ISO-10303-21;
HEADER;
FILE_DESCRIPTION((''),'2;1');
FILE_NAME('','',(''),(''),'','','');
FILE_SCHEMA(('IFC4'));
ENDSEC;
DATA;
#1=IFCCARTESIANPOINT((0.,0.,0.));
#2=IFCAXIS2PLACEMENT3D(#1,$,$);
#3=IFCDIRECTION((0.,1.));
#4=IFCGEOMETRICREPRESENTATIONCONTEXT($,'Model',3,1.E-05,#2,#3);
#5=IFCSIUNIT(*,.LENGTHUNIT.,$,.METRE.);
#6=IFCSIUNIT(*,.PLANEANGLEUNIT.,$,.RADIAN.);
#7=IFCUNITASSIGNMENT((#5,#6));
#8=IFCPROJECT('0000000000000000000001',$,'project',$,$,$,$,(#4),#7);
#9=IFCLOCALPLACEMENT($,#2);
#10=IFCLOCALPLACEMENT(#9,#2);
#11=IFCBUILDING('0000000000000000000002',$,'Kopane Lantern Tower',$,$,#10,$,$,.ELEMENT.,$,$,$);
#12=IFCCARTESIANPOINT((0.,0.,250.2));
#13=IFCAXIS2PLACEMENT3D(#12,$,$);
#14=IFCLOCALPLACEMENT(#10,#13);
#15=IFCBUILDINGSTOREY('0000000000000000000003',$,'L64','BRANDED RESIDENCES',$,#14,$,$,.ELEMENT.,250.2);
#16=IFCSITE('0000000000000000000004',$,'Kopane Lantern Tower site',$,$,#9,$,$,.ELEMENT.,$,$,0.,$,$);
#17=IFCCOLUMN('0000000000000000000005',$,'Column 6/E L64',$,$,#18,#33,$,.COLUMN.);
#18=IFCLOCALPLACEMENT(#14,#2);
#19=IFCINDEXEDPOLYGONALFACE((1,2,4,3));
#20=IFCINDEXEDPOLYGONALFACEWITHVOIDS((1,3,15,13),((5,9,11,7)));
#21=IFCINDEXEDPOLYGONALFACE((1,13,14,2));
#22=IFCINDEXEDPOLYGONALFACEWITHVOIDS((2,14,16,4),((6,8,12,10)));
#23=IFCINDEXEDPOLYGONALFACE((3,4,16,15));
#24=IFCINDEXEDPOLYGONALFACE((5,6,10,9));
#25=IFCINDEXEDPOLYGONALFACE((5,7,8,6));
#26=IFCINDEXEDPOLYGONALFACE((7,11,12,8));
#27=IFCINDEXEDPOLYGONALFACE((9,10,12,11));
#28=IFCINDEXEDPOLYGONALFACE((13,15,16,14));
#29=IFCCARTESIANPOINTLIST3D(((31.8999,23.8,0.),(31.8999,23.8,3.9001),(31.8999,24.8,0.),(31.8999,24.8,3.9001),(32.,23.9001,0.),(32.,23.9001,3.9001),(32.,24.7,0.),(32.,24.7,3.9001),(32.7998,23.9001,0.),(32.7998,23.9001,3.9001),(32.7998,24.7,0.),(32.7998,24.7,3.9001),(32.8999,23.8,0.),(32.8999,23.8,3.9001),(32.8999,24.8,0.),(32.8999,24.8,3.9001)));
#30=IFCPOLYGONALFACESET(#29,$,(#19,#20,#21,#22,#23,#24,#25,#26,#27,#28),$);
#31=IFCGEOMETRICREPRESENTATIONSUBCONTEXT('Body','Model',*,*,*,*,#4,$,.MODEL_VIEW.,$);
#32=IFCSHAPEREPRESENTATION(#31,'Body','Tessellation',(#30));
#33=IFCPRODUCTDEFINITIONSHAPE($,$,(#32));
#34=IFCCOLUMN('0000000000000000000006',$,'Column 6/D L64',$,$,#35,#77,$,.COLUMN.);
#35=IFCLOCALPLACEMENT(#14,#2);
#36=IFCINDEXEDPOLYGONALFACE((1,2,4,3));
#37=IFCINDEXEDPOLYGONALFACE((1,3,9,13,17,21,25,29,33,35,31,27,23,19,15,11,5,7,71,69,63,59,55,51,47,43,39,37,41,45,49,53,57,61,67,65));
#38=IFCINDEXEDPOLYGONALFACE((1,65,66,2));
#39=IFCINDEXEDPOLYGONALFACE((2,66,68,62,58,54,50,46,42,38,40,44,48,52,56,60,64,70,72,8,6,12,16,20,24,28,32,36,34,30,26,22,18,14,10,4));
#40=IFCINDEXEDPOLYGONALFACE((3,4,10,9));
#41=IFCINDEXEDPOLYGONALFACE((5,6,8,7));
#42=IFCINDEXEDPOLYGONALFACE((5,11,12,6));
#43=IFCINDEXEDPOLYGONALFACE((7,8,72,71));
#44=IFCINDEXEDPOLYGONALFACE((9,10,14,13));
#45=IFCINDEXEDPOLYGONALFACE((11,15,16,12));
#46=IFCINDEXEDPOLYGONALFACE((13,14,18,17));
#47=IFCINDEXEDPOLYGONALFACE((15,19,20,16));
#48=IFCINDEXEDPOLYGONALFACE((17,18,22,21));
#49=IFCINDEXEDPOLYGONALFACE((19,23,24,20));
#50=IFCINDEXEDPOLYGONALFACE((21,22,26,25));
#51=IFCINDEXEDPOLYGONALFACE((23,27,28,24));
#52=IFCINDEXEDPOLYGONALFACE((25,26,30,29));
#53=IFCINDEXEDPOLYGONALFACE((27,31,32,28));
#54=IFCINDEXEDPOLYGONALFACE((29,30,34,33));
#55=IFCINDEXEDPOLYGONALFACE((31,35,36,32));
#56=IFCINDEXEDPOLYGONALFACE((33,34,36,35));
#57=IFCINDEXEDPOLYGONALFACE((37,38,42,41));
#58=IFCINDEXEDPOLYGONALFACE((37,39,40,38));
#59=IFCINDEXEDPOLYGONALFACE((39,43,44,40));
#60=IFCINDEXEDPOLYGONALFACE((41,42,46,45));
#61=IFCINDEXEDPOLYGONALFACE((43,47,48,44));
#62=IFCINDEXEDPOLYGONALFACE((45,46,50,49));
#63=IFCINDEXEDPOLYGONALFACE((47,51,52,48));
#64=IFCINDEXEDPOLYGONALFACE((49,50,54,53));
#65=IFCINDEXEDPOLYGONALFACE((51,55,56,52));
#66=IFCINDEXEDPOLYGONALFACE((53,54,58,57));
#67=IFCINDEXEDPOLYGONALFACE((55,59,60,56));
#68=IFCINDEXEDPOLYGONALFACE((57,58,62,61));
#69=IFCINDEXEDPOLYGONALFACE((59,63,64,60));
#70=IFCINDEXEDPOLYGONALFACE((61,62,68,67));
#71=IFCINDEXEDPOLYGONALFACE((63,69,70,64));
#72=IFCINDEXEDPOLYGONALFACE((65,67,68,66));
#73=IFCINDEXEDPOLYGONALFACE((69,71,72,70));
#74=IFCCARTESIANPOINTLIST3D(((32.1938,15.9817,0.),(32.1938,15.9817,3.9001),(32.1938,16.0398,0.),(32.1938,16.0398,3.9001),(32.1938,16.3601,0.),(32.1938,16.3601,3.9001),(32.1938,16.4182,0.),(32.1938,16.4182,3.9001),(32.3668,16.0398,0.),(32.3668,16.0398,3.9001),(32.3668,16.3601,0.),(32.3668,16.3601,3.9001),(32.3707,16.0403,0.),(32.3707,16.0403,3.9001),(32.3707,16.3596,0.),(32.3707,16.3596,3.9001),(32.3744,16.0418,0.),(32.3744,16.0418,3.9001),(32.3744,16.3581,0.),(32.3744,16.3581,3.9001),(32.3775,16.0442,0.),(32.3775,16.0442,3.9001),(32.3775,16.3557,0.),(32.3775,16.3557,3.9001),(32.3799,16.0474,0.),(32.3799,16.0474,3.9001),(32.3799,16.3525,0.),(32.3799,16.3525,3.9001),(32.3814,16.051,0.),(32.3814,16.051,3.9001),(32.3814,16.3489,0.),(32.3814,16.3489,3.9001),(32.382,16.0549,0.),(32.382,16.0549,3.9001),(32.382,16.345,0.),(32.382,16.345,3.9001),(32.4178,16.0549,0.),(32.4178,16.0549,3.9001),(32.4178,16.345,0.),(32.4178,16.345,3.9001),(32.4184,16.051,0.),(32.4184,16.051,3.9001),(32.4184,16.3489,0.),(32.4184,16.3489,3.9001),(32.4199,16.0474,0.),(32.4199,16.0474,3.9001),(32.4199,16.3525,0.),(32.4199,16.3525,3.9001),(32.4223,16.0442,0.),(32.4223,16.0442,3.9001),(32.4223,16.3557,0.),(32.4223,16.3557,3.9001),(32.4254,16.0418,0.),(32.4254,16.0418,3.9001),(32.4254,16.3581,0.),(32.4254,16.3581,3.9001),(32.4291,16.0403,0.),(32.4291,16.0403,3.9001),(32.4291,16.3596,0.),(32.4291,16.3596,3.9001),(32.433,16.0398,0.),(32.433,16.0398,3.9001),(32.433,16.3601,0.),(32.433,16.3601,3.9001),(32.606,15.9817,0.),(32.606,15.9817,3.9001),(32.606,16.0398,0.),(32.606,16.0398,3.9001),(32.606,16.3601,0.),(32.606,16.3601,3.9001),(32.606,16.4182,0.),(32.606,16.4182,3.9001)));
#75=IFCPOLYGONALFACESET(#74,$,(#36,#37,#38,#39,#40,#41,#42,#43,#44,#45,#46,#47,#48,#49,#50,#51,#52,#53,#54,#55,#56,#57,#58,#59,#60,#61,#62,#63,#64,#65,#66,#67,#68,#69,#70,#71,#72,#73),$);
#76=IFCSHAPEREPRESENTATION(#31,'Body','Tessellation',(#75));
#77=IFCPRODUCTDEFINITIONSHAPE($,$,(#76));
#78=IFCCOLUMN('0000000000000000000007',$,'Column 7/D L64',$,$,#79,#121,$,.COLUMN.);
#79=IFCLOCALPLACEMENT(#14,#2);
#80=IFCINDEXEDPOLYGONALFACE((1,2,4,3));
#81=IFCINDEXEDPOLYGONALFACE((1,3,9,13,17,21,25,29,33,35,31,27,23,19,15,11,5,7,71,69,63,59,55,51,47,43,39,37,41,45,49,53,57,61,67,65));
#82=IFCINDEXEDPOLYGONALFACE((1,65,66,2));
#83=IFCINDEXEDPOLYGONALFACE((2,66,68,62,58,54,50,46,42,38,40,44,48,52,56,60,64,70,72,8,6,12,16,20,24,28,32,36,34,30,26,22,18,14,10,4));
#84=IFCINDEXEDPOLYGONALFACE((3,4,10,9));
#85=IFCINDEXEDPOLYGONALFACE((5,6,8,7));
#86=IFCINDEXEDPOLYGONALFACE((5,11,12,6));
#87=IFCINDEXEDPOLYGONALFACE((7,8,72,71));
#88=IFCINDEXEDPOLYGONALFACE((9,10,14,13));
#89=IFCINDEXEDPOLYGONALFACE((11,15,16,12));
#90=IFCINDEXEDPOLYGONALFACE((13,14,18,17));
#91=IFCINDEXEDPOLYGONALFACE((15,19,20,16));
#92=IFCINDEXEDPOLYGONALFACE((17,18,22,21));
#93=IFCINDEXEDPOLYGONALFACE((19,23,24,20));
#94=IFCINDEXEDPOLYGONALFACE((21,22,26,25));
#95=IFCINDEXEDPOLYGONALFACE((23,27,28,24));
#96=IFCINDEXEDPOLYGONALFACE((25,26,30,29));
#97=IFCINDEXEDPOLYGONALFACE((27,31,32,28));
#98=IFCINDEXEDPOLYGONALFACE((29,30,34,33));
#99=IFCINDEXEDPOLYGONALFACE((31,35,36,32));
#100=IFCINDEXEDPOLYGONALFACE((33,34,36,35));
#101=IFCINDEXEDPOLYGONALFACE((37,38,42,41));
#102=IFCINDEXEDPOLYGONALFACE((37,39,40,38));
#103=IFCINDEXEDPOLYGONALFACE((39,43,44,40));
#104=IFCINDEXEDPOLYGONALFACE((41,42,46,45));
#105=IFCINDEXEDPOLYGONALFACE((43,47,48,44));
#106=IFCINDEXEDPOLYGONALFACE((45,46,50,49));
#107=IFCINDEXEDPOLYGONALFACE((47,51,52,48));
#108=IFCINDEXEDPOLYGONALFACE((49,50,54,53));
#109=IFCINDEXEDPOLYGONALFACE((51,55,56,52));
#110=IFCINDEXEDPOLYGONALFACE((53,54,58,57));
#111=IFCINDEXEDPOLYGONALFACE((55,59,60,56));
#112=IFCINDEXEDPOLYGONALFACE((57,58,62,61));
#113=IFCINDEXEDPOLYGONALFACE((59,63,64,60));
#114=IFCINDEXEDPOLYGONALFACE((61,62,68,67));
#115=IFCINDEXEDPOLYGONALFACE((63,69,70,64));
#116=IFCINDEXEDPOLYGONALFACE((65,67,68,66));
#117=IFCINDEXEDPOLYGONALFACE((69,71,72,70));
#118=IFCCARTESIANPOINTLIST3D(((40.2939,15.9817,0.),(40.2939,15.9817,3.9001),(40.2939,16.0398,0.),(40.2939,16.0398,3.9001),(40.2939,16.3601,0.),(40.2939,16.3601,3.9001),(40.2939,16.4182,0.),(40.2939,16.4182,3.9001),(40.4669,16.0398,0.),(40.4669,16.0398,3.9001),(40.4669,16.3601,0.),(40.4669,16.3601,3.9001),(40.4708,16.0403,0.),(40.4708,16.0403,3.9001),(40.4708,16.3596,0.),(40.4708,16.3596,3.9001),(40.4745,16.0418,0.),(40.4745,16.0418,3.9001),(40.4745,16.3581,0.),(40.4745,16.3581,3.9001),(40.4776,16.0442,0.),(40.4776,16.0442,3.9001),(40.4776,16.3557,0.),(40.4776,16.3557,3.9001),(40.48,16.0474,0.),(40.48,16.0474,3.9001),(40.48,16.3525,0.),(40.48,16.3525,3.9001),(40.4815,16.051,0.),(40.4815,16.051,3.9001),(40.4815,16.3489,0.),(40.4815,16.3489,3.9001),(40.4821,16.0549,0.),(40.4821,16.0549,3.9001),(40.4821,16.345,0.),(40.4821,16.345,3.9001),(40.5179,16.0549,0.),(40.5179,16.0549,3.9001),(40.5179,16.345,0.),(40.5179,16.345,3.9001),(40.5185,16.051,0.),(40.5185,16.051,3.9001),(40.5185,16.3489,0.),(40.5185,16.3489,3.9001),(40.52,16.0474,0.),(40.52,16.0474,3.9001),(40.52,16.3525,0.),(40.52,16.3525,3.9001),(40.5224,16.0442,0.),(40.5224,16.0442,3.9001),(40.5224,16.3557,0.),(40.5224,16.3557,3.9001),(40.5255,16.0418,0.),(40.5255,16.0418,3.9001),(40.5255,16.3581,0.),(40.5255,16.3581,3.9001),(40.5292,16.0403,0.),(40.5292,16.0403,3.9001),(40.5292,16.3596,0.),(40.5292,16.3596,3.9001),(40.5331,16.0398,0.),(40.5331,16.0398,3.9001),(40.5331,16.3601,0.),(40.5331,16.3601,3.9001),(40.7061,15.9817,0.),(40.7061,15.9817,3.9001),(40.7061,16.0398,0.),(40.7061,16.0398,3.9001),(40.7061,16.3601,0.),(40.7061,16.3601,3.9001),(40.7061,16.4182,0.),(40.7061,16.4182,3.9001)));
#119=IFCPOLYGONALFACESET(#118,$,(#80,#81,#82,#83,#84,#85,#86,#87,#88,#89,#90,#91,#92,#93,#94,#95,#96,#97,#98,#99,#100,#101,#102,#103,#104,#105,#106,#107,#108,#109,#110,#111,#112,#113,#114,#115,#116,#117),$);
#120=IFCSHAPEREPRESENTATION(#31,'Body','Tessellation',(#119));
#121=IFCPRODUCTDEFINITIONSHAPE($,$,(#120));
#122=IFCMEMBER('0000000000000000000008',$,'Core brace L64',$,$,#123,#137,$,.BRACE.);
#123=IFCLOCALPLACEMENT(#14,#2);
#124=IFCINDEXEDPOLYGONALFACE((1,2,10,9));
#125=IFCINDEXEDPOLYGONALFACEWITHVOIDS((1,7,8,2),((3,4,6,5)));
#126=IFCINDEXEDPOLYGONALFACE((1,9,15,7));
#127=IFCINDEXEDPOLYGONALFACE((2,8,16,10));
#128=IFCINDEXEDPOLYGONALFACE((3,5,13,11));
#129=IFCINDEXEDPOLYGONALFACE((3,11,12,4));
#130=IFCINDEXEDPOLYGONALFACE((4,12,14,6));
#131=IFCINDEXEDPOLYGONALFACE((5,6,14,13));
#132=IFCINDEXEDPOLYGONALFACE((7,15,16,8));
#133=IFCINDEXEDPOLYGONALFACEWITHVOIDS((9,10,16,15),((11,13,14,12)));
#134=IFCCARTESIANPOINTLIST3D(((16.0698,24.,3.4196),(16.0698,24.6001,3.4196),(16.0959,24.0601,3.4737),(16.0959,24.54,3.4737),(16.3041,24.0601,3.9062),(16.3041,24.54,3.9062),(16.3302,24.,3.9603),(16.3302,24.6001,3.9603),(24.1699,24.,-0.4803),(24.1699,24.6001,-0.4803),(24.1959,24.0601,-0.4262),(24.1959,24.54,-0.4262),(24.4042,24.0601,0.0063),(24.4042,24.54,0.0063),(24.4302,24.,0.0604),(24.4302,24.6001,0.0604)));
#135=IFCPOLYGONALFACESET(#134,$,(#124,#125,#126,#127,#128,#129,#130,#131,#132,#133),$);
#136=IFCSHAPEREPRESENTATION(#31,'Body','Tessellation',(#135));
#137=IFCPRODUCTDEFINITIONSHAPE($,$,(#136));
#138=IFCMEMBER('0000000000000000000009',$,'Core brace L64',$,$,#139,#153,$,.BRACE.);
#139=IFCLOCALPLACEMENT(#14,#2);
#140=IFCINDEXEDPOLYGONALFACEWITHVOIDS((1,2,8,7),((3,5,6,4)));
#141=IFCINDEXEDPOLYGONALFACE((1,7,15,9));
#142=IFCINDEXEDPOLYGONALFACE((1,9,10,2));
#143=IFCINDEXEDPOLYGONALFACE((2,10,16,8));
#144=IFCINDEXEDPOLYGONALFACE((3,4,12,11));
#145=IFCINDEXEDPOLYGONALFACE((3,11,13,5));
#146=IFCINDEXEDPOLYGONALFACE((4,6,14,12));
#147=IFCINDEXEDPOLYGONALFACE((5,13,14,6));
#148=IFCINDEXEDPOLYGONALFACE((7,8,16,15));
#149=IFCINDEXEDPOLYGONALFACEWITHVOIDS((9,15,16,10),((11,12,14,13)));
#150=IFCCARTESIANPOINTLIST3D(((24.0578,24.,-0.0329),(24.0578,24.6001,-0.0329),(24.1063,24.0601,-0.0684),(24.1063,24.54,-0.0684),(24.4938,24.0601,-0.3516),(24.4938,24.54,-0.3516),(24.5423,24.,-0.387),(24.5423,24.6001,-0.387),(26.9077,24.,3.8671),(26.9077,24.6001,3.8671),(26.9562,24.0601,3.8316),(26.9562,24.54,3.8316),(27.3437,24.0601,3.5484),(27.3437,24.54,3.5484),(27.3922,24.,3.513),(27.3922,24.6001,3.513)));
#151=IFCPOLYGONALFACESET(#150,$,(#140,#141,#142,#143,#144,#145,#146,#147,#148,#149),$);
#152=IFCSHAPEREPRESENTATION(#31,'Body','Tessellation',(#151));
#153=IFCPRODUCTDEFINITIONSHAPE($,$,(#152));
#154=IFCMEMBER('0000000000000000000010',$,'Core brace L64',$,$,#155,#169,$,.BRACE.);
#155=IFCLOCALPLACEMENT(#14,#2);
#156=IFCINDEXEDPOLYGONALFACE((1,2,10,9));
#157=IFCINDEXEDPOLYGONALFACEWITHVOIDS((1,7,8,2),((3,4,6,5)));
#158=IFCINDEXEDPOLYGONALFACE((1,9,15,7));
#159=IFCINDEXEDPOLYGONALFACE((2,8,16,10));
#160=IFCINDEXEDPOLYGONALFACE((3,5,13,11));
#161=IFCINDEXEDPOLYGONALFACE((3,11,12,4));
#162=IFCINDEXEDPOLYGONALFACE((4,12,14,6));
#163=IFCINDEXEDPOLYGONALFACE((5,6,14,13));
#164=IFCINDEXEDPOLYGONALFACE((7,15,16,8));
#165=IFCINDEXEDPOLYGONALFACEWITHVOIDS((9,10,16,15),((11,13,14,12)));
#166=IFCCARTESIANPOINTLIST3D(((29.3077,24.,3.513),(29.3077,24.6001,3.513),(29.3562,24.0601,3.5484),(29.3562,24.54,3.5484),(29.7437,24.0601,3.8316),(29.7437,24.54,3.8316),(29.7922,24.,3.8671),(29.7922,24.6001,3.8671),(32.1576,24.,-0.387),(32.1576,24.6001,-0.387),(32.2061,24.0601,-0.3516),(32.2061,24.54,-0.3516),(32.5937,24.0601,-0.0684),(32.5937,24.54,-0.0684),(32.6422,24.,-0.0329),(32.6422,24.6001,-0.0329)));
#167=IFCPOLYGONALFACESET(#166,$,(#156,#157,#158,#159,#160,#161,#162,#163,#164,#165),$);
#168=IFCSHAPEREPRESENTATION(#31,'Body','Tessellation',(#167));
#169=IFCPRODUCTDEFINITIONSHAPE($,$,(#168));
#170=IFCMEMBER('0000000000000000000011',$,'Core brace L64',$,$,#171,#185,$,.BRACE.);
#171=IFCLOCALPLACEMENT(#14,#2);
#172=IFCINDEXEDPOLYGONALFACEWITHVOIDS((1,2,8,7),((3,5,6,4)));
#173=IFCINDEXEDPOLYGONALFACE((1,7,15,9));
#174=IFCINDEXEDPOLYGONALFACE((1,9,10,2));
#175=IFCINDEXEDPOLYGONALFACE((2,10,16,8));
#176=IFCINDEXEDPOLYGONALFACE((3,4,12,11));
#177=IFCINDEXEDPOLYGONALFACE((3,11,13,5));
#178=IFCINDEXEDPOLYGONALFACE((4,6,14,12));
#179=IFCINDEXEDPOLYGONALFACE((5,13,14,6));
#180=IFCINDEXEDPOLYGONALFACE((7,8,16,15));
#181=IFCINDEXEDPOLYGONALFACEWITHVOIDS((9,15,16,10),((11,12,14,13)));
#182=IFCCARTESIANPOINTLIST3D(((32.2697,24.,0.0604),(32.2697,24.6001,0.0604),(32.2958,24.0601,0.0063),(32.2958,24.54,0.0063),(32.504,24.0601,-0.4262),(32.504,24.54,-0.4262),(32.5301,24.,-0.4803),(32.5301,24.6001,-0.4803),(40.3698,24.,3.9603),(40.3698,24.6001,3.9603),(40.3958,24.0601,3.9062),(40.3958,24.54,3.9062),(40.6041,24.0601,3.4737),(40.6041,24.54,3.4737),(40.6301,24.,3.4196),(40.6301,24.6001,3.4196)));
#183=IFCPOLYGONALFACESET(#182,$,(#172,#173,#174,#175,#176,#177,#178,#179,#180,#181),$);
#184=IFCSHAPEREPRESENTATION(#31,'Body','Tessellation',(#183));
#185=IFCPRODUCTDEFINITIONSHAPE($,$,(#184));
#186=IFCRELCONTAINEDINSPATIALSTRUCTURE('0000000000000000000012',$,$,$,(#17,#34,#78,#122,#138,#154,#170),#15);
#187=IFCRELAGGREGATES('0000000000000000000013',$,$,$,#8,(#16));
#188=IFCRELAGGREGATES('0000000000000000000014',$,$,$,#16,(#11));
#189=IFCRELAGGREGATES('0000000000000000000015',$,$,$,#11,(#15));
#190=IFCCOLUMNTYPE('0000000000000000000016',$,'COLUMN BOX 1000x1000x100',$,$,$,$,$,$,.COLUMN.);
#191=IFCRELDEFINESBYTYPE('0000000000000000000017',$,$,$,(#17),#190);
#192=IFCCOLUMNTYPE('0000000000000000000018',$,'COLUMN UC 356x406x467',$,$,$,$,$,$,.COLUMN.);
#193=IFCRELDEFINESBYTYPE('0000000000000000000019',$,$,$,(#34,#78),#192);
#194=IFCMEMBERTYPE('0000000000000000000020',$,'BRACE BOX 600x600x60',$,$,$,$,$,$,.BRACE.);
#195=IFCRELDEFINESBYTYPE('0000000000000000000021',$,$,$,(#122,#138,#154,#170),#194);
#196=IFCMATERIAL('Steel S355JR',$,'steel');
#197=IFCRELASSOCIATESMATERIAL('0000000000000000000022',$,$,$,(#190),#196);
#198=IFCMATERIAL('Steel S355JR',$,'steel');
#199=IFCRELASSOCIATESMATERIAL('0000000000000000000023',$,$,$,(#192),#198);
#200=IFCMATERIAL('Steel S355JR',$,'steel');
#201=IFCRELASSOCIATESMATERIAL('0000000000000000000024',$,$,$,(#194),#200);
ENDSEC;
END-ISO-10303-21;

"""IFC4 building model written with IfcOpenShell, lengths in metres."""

from ifc_helpers import new_model, si_unit, direction, frame, origin, origin_2d, place, context, subcontext, project, spatial, hollow_rectangle, i_section, extrude, material, material_profile, profile_set, type_object, element, save


model = new_model("IFC4")

# Units and contexts
model_context = context("Model", 3, precision=1e-05, world=origin(), true_north=direction((0.0, 1.0)))
body_context = subcontext(model_context, "Body", "Model", "MODEL_VIEW")
ifc_project = project(units=[si_unit("LENGTHUNIT", "METRE"), si_unit("PLANEANGLEUNIT", "RADIAN")], contexts=[model_context])

# Site, building, storey
site_placement = place(None, origin())
site = spatial("IfcSite", under=ifc_project, at=site_placement, Name="Kopane Lantern Tower site", CompositionType="ELEMENT", RefElevation=0.0)
building_placement = place(site_placement, origin())
building = spatial("IfcBuilding", under=site, at=building_placement, Name="Kopane Lantern Tower", CompositionType="ELEMENT")
storey_placement = place(building_placement, frame((0.0, 0.0, 250.2)))
storey = spatial("IfcBuildingStorey", under=building, at=storey_placement, Name="L64", Description="BRANDED RESIDENCES", CompositionType="ELEMENT", Elevation=250.2)

# Columns
ifc_material_1 = material(Name="Steel S355JR", Category="steel")
ifc_material_profile_1 = material_profile(ifc_material_1, hollow_rectangle(XDim=1.0, YDim=1.0, WallThickness=0.1001, at=origin_2d()), Name="BOX 1000x1000x100")
ifc_profile_set_1 = profile_set([ifc_material_profile_1], Name="Steel S355JR")
column_type_1 = type_object("IfcColumnType", Name="COLUMN BOX 1000x1000x100", PredefinedType="COLUMN", material=ifc_profile_set_1)
column_placement = place(storey_placement, frame((32.3999, 24.3, 0.0), z_axis=(0.0, 0.0, 1.0), x_axis=(1.0, 0.0, 0.0)))
element("IfcColumn", 1, at=column_placement, inside=storey, type_object=column_type_1, Name="Column 6/E L64", PredefinedType="COLUMN", context=body_context, shape_type="SweptSolid", body=[
    extrude(hollow_rectangle(XDim=1.0, YDim=1.0, WallThickness=0.1001, at=origin_2d()), origin(), (0.0, 0.0, 1.0), 3.9001),
])
ifc_material_2 = material(Name="Steel S355JR", Category="steel")
ifc_material_profile_2 = material_profile(ifc_material_2, i_section(OverallWidth=0.4121, OverallDepth=0.4365, WebThickness=0.0359, FlangeThickness=0.0581, FilletRadius=0.0151, at=origin_2d()), Name="UC 356x406x467")
ifc_profile_set_2 = profile_set([ifc_material_profile_2], Name="Steel S355JR")
column_type_2 = type_object("IfcColumnType", Name="COLUMN UC 356x406x467", PredefinedType="COLUMN", material=ifc_profile_set_2)
for number, where, z_axis, x_axis, name in (
    (2, (32.3999, 16.2, 0.0), (0.0, 0.0, 1.0), (1.0, 0.0, 0.0), "Column 6/D L64"),
    (3, (40.5, 16.2, 0.0), (0.0, 0.0, 1.0), (1.0, 0.0, 0.0), "Column 7/D L64"),
):
    element("IfcColumn", number, at=place(storey_placement, frame(where, z_axis=z_axis, x_axis=x_axis)), inside=storey, type_object=column_type_2, Name=name, PredefinedType="COLUMN", context=body_context, shape_type="SweptSolid", body=[
        extrude(i_section(OverallWidth=0.4121, OverallDepth=0.4365, WebThickness=0.0359, FlangeThickness=0.0581, FilletRadius=0.0151, at=origin_2d()), origin(), (0.0, 0.0, 1.0), 3.9001),
    ])

# Members
ifc_material_3 = material(Name="Steel S355JR", Category="steel")
ifc_material_profile_3 = material_profile(ifc_material_3, hollow_rectangle(XDim=0.6001, YDim=0.6001, WallThickness=0.0601, at=origin_2d()), Name="BOX 600x600x60")
ifc_profile_set_3 = profile_set([ifc_material_profile_3], Name="Steel S355JR")
member_type = type_object("IfcMemberType", Name="BRACE BOX 600x600x60", PredefinedType="BRACE", material=ifc_profile_set_3)
member_1_placement = place(storey_placement, frame((24.3, 24.3, -0.21), z_axis=(-0.901008, 0.0, 0.433803), x_axis=(0.0, -1.0, 0.0)))
element("IfcMember", 4, at=member_1_placement, inside=storey, type_object=member_type, Name="Core brace L64", PredefinedType="BRACE", context=body_context, shape_type="SweptSolid", body=[
    extrude(hollow_rectangle(XDim=0.6001, YDim=0.6001, WallThickness=0.0601, at=origin_2d()), origin(), (0.0, 0.0, 1.0), 8.99),
])
for number, where, z_axis, x_axis, name in (
    (5, (24.3, 24.3, -0.21), (0.590006, 0.0, 0.807399), (0.0, 1.0, 0.0), "Core brace L64"),
    (6, (32.3999, 24.3, -0.21), (-0.590006, 0.0, 0.807399), (0.0, -1.0, 0.0), "Core brace L64"),
):
    element("IfcMember", number, at=place(storey_placement, frame(where, z_axis=z_axis, x_axis=x_axis)), inside=storey, type_object=member_type, Name=name, PredefinedType="BRACE", context=body_context, shape_type="SweptSolid", body=[
        extrude(hollow_rectangle(XDim=0.6001, YDim=0.6001, WallThickness=0.0601, at=origin_2d()), origin(), (0.0, 0.0, 1.0), 4.8303),
    ])
member_2_placement = place(storey_placement, frame((32.3999, 24.3, -0.21), z_axis=(0.901008, 0.0, 0.433803), x_axis=(0.0, 1.0, 0.0)))
element("IfcMember", 7, at=member_2_placement, inside=storey, type_object=member_type, Name="Core brace L64", PredefinedType="BRACE", context=body_context, shape_type="SweptSolid", body=[
    extrude(hollow_rectangle(XDim=0.6001, YDim=0.6001, WallThickness=0.0601, at=origin_2d()), origin(), (0.0, 0.0, 1.0), 8.99),
])

save(model, "model.ifc")
